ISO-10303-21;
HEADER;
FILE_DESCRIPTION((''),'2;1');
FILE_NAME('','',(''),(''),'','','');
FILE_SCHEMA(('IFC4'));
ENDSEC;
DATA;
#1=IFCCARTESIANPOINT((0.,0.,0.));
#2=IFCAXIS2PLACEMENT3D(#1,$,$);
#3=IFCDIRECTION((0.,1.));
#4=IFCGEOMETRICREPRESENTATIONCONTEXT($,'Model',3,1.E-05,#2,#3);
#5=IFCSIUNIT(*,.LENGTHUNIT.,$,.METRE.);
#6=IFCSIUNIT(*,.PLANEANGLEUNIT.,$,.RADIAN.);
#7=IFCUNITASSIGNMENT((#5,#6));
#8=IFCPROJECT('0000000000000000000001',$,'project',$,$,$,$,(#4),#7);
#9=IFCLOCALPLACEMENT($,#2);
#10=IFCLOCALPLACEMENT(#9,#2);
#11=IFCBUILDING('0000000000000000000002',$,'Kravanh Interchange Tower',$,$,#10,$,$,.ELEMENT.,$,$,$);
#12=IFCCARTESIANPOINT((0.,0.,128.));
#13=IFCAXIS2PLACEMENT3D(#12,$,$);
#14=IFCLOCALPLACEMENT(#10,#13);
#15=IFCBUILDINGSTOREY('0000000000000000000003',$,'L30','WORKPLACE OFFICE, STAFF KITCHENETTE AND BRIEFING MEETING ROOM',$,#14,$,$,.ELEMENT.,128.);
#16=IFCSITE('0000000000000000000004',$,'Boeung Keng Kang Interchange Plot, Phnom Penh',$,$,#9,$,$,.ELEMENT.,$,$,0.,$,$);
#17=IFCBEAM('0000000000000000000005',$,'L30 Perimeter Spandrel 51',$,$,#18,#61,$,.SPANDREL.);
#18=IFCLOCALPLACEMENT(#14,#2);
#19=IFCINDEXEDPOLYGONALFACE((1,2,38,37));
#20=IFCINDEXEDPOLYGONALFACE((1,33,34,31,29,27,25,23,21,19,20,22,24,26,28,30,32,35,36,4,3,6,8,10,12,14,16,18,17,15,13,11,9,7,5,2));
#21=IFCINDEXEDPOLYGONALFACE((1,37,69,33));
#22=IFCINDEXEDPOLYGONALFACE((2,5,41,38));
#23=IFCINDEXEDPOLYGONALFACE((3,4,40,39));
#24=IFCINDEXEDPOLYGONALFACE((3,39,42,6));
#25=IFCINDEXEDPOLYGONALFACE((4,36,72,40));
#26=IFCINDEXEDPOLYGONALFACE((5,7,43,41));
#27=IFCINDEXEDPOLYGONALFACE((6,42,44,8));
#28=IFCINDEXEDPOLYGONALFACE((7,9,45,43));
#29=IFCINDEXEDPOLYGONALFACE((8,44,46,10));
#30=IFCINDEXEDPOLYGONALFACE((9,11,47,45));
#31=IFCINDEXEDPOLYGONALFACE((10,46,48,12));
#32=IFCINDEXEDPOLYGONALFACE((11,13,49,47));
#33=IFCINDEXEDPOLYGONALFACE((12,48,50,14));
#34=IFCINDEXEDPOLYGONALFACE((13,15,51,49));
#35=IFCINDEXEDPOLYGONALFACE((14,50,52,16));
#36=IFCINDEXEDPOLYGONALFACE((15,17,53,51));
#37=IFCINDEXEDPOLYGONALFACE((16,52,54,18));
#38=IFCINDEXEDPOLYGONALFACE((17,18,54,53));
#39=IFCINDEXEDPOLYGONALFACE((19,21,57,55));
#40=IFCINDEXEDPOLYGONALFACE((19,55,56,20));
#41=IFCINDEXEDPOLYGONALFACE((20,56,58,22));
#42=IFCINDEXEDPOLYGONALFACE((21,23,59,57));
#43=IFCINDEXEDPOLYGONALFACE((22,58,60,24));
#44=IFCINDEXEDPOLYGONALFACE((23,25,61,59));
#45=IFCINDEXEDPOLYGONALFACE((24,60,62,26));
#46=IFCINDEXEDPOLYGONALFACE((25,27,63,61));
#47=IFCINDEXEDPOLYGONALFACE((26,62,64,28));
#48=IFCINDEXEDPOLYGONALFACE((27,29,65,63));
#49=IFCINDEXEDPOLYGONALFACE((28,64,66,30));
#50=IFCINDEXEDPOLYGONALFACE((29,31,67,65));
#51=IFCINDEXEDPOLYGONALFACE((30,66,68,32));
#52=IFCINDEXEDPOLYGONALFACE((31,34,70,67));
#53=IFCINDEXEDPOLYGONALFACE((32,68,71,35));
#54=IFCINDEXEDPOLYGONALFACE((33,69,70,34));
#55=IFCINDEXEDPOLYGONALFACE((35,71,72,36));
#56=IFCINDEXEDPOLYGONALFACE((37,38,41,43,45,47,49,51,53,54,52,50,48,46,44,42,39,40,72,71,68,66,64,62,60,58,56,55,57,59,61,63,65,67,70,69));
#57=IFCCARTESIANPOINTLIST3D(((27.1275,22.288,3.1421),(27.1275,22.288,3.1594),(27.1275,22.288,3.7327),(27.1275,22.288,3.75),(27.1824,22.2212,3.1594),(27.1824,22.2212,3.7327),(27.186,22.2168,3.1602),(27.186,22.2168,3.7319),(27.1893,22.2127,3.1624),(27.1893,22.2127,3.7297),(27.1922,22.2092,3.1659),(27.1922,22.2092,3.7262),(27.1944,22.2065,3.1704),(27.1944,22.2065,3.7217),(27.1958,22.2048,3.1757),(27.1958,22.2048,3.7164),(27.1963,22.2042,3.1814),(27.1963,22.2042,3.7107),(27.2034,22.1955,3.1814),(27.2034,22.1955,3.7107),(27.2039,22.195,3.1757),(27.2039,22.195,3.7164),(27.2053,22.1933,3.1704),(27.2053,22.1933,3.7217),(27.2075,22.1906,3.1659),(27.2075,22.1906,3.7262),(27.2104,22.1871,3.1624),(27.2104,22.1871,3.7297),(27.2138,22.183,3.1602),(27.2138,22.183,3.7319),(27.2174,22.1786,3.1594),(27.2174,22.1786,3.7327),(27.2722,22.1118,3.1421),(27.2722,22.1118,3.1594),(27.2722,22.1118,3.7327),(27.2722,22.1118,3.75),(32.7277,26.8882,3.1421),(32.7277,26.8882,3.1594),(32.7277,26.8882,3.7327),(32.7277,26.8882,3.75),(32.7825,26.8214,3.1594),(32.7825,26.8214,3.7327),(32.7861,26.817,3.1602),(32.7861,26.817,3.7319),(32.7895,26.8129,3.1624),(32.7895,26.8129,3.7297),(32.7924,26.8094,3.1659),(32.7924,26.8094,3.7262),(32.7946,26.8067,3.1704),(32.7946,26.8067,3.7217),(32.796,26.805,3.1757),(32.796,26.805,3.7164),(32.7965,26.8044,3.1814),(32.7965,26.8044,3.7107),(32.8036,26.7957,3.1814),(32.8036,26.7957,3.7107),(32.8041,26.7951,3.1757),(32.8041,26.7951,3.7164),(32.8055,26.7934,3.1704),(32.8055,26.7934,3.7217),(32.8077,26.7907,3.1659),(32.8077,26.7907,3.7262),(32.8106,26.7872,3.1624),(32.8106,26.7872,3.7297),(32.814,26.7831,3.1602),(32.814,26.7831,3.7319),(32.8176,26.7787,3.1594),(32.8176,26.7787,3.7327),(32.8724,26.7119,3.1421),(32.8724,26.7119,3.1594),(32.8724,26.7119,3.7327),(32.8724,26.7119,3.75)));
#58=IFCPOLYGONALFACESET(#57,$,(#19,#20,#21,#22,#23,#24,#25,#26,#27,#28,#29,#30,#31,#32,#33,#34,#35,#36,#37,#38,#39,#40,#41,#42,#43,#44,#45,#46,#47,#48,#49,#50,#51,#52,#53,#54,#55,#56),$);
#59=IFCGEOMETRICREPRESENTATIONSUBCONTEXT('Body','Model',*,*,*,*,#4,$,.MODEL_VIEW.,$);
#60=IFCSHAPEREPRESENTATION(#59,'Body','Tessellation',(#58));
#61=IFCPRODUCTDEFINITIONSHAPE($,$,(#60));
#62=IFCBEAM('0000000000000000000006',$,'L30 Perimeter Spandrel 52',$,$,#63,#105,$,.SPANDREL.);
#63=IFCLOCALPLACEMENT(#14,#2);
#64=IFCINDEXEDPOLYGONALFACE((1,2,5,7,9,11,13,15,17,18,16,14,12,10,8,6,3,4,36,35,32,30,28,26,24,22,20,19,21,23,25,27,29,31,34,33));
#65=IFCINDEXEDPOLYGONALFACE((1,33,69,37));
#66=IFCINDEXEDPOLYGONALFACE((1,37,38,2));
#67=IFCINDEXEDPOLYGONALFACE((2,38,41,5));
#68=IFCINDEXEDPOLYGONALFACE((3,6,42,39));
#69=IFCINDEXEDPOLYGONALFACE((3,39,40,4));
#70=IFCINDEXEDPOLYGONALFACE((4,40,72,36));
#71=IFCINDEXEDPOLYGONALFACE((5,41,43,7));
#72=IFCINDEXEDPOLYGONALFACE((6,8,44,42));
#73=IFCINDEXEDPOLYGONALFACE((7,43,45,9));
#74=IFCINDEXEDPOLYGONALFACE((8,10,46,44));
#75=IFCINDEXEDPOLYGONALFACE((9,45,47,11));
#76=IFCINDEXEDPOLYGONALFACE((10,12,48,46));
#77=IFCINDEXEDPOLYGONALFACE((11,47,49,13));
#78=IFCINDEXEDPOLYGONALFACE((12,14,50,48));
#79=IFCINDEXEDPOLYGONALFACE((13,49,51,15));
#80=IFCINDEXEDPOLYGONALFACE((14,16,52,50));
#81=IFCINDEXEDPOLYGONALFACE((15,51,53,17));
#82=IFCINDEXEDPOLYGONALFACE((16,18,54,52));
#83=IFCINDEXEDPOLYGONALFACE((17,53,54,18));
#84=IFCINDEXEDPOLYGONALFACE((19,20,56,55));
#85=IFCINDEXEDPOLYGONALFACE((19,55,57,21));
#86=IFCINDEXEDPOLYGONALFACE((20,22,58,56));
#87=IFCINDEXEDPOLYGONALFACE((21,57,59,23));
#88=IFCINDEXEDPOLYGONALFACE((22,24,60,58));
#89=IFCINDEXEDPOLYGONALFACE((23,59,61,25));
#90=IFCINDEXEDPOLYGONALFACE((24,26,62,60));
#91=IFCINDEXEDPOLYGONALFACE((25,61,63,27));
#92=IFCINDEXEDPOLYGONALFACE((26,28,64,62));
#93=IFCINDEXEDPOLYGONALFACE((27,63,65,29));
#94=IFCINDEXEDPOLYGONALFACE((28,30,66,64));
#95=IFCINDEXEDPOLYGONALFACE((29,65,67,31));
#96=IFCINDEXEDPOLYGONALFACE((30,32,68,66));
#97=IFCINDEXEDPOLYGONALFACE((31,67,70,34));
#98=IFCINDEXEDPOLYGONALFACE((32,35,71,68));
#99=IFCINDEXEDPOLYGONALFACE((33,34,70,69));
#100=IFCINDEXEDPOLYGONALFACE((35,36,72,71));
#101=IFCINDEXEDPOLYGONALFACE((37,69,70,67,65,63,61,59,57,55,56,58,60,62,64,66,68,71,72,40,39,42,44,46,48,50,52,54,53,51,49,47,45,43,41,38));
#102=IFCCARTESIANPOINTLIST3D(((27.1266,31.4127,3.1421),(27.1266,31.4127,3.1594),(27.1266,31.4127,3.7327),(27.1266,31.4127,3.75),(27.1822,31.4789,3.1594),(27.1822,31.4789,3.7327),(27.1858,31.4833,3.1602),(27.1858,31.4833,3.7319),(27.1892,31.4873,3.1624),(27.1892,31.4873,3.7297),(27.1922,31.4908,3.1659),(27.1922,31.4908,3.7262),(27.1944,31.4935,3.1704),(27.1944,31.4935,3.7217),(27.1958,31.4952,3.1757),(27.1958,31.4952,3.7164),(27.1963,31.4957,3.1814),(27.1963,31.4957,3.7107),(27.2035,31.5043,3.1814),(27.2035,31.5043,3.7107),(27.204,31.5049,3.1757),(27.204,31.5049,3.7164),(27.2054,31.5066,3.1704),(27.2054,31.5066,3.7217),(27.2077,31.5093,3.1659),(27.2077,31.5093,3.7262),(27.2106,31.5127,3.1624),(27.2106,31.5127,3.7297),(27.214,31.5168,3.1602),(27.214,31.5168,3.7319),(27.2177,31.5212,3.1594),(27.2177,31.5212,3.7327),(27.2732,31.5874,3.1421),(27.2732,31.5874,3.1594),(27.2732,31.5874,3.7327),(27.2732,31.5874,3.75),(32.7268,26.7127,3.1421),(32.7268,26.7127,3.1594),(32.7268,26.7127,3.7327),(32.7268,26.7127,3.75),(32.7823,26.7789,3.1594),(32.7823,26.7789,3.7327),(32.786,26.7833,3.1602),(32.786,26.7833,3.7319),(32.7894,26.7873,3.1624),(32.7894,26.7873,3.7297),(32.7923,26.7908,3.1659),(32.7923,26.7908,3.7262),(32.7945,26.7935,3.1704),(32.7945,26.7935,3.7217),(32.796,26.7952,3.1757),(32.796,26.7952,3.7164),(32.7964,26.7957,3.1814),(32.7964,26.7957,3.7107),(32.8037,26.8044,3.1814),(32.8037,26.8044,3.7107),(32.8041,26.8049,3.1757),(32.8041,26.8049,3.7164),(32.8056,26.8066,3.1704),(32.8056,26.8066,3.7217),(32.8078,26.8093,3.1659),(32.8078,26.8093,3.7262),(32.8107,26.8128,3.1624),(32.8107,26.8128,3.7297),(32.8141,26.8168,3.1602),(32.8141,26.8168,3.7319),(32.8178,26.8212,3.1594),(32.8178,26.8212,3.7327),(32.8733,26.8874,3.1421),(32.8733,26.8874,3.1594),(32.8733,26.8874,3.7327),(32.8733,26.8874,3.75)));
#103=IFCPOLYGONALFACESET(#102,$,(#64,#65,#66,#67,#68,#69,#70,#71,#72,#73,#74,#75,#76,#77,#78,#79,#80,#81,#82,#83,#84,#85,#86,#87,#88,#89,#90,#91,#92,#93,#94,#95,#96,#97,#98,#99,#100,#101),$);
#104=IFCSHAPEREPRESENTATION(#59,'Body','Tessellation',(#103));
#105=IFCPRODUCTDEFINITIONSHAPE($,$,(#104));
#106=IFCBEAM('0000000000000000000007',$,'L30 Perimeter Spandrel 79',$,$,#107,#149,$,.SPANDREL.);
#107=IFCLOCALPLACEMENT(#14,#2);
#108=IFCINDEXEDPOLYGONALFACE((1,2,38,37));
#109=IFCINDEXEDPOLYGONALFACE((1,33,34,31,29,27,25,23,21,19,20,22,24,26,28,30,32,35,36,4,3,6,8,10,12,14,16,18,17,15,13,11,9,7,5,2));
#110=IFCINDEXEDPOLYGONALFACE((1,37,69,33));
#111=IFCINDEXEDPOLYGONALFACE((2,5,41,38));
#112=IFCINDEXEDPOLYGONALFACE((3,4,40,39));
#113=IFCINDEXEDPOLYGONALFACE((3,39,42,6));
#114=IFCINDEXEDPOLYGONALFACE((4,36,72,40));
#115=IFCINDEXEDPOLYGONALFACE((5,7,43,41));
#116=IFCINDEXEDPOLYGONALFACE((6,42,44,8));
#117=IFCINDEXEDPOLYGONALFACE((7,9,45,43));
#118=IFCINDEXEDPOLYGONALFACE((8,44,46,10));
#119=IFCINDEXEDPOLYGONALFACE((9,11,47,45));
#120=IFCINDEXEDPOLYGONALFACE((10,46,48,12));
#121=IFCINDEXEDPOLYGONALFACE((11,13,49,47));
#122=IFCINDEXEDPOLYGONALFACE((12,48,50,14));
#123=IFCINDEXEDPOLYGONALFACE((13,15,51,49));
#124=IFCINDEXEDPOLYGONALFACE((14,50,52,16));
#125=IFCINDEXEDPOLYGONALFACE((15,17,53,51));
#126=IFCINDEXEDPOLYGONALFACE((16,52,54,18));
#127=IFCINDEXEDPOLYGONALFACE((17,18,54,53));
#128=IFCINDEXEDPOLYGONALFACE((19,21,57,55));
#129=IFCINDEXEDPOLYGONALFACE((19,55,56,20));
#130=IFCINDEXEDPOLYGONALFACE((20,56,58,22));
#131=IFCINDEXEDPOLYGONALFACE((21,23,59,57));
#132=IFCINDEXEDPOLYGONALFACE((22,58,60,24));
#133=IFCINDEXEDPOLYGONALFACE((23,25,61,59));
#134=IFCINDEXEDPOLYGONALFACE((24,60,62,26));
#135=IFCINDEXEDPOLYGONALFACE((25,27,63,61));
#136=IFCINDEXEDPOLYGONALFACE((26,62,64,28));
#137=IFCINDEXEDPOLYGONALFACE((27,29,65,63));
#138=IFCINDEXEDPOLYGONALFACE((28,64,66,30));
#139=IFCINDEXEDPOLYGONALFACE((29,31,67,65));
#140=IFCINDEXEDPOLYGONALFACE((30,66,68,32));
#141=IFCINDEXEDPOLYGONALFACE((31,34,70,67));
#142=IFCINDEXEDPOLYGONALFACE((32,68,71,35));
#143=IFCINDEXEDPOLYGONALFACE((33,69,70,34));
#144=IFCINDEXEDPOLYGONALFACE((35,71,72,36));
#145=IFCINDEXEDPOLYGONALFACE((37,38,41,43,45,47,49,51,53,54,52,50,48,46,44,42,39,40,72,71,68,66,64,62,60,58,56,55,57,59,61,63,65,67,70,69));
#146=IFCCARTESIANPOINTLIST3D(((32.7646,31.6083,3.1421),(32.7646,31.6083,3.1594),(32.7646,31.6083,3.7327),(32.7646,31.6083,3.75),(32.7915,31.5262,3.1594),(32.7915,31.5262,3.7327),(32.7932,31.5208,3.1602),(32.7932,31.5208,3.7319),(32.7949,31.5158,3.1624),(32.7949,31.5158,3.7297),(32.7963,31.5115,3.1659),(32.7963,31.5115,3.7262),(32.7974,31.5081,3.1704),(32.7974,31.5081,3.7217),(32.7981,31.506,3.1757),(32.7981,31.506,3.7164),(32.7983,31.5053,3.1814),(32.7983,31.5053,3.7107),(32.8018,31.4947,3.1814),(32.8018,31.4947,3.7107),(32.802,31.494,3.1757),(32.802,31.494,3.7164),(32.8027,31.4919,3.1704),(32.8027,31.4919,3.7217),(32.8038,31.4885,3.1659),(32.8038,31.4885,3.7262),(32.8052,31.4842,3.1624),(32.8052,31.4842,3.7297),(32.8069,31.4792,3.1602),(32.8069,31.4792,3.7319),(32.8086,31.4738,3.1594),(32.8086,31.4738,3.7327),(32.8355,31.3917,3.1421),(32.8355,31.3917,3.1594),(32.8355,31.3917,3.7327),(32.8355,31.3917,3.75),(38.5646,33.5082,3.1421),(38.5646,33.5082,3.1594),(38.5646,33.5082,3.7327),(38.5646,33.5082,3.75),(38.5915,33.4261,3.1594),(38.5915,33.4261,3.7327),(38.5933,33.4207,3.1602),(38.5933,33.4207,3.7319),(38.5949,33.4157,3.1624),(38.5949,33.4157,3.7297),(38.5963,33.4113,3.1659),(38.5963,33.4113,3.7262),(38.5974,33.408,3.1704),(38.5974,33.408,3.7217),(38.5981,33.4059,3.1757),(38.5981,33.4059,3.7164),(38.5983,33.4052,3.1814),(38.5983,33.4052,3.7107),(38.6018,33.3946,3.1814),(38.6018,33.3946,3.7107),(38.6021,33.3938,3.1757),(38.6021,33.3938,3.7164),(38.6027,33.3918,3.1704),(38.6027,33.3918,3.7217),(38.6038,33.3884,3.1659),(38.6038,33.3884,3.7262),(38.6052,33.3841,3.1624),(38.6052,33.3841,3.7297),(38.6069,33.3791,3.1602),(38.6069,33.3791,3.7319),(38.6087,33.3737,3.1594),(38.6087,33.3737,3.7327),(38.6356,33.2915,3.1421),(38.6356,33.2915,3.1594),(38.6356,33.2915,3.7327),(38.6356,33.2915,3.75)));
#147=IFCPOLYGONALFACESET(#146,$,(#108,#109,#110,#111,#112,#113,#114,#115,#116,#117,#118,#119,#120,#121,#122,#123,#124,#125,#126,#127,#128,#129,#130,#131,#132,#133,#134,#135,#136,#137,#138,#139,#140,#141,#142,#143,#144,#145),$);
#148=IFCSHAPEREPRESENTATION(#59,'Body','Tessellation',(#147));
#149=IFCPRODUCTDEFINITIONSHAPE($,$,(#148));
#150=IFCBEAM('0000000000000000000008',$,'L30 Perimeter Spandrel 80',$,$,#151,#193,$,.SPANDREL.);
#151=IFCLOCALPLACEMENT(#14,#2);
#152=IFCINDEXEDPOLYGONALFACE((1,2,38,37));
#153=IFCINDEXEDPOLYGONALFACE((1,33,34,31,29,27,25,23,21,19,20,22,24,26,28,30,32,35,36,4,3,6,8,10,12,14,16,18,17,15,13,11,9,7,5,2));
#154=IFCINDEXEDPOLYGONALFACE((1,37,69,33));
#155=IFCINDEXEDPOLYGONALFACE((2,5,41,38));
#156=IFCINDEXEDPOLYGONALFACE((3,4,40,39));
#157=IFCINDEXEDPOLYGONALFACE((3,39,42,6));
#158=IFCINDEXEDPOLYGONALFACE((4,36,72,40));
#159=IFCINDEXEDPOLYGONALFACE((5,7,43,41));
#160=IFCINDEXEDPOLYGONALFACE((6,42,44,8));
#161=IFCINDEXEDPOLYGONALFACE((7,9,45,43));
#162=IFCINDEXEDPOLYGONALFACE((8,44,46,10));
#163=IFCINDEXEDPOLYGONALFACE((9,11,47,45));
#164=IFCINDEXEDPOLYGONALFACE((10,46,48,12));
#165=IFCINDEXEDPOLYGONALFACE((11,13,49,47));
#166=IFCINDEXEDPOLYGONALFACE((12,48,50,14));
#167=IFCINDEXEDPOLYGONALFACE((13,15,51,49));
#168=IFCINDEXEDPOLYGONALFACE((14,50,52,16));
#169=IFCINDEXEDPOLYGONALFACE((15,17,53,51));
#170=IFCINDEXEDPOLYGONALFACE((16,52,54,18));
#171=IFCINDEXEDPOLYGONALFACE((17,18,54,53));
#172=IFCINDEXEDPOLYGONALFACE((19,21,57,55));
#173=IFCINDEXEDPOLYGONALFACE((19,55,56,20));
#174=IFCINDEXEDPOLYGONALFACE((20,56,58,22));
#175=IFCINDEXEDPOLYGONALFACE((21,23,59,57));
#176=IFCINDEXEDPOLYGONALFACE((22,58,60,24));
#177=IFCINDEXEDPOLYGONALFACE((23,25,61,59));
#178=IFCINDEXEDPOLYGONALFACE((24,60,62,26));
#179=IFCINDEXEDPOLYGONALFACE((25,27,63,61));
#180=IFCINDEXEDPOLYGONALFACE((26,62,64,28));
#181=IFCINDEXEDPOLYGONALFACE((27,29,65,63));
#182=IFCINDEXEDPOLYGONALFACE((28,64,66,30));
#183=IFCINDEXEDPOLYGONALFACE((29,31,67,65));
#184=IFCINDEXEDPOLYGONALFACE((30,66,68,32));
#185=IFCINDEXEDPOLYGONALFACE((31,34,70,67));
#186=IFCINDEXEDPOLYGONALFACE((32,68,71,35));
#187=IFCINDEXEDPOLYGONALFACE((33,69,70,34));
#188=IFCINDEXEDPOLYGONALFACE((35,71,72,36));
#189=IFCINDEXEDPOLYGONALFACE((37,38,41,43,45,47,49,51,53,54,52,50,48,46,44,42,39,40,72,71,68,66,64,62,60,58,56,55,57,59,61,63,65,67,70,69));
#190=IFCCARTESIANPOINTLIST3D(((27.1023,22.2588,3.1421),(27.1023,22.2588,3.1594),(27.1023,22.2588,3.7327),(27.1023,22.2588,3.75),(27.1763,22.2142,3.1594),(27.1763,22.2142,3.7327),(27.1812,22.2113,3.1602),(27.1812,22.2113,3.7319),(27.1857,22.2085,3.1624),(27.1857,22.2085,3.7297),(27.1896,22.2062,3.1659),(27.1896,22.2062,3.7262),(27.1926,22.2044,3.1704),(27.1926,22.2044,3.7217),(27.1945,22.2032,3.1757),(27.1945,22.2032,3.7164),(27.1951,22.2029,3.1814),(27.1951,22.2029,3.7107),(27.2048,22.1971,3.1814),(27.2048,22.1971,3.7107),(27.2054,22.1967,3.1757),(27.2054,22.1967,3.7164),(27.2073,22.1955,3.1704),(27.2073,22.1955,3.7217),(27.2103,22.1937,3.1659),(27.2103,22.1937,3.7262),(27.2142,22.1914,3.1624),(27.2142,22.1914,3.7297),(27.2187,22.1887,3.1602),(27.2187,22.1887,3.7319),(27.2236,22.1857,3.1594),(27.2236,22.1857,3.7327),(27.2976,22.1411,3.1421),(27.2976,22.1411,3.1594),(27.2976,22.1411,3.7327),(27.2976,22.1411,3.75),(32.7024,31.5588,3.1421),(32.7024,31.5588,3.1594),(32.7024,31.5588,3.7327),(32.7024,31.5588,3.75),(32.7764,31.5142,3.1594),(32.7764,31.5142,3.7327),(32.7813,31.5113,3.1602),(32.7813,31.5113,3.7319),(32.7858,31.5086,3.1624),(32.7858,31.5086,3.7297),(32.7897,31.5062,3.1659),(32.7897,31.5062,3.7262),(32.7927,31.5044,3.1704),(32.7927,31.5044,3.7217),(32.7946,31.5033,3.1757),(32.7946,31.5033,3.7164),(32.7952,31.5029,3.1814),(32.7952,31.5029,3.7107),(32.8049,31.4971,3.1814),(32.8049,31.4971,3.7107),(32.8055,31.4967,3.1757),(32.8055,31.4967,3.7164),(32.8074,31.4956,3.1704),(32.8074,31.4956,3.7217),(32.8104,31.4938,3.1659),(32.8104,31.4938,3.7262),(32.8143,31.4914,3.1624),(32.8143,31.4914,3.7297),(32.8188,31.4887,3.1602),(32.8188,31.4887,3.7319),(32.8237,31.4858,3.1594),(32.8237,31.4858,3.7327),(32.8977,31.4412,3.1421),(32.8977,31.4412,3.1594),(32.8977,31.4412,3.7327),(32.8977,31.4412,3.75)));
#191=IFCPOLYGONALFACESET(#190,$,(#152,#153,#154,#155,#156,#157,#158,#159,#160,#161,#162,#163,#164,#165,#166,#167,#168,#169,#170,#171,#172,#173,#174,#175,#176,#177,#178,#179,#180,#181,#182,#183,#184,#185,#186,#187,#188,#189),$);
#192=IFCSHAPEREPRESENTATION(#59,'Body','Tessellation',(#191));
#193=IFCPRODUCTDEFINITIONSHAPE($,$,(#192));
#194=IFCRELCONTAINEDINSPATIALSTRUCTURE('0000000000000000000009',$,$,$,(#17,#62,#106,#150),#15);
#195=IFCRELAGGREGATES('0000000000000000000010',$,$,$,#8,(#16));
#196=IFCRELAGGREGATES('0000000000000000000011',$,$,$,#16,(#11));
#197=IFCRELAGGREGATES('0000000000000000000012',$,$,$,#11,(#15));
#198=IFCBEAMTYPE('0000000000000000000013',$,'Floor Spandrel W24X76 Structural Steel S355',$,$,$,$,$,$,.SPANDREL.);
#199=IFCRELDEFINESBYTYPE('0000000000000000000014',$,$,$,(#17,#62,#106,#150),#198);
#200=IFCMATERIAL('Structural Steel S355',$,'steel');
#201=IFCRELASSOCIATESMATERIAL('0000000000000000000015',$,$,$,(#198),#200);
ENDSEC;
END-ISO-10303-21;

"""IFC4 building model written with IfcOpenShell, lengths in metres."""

from ifc_helpers import new_model, si_unit, direction, frame, origin, origin_2d, place, context, subcontext, project, spatial, i_section, extrude, material, material_profile, profile_set, type_object, element, save


model = new_model("IFC4")

# Units and contexts
model_context = context("Model", 3, precision=1e-05, world=origin(), true_north=direction((0.0, 1.0)))
body_context = subcontext(model_context, "Body", "Model", "MODEL_VIEW")
ifc_project = project(units=[si_unit("LENGTHUNIT", "METRE"), si_unit("PLANEANGLEUNIT", "RADIAN")], contexts=[model_context])

# Site, building, storey
site_placement = place(None, origin())
site = spatial("IfcSite", under=ifc_project, at=site_placement, Name="Boeung Keng Kang Interchange Plot, Phnom Penh", CompositionType="ELEMENT", RefElevation=0.0)
building_placement = place(site_placement, origin())
building = spatial("IfcBuilding", under=site, at=building_placement, Name="Kravanh Interchange Tower", CompositionType="ELEMENT")
storey_placement = place(building_placement, frame((0.0, 0.0, 128.0)))
storey = spatial("IfcBuildingStorey", under=building, at=storey_placement, Name="L30", Description="WORKPLACE OFFICE, STAFF KITCHENETTE AND BRIEFING MEETING ROOM", CompositionType="ELEMENT", Elevation=128.0)

# Beams
ifc_material_1 = material(Name="Structural Steel S355", Category="steel")
ifc_material_profile_1 = material_profile(ifc_material_1, i_section(OverallWidth=0.228, OverallDepth=0.6079, WebThickness=0.0112, FlangeThickness=0.0173, FilletRadius=0.022, at=origin_2d()), Name="W24X76")
ifc_profile_set_1 = profile_set([ifc_material_profile_1], Name="Structural Steel S355")
beam_type_1 = type_object("IfcBeamType", Name="Floor Spandrel W24X76 Structural Steel S355", PredefinedType="SPANDREL", material=ifc_profile_set_1)
beam_1_placement = place(storey_placement, frame((32.8, 26.8, 3.446), z_axis=(-0.772725, -0.634741, 0.0), x_axis=(0.634741, -0.772725, 0.0)))
element("IfcBeam", 1, at=beam_1_placement, inside=storey, type_object=beam_type_1, Name="L30 Perimeter Spandrel 51", PredefinedType="SPANDREL", context=body_context, shape_type="SweptSolid", body=[
    extrude(i_section(OverallWidth=0.228, OverallDepth=0.6079, WebThickness=0.0112, FlangeThickness=0.0173, FilletRadius=0.022, at=origin_2d()), origin(), (0.0, 0.0, 1.0), 7.2473),
])
beam_2_placement = place(storey_placement, frame((32.8, 26.8, 3.446), z_axis=(-0.765983, 0.642861, 0.0), x_axis=(-0.642861, -0.765983, 0.0)))
element("IfcBeam", 2, at=beam_2_placement, inside=storey, type_object=beam_type_1, Name="L30 Perimeter Spandrel 52", PredefinedType="SPANDREL", context=body_context, shape_type="SweptSolid", body=[
    extrude(i_section(OverallWidth=0.228, OverallDepth=0.6079, WebThickness=0.0112, FlangeThickness=0.0173, FilletRadius=0.022, at=origin_2d()), origin(), (0.0, 0.0, 1.0), 7.311),
])
beam_3_placement = place(storey_placement, frame((32.8, 31.5, 3.446), z_axis=(0.950315, 0.311291, 0.0), x_axis=(-0.311291, 0.950315, 0.0)))
element("IfcBeam", 3, at=beam_3_placement, inside=storey, type_object=beam_type_1, Name="L30 Perimeter Spandrel 79", PredefinedType="SPANDREL", context=body_context, shape_type="SweptSolid", body=[
    extrude(i_section(OverallWidth=0.228, OverallDepth=0.6079, WebThickness=0.0112, FlangeThickness=0.0173, FilletRadius=0.022, at=origin_2d()), origin(), (0.0, 0.0, 1.0), 6.1033),
])
beam_4_placement = place(storey_placement, frame((32.8, 31.5, 3.446), z_axis=(-0.515854, -0.856676, 0.0), x_axis=(0.856676, -0.515854, 0.0)))
element("IfcBeam", 4, at=beam_4_placement, inside=storey, type_object=beam_type_1, Name="L30 Perimeter Spandrel 80", PredefinedType="SPANDREL", context=body_context, shape_type="SweptSolid", body=[
    extrude(i_section(OverallWidth=0.228, OverallDepth=0.6079, WebThickness=0.0112, FlangeThickness=0.0173, FilletRadius=0.022, at=origin_2d()), origin(), (0.0, 0.0, 1.0), 10.856),
])

save(model, "model.ifc")
